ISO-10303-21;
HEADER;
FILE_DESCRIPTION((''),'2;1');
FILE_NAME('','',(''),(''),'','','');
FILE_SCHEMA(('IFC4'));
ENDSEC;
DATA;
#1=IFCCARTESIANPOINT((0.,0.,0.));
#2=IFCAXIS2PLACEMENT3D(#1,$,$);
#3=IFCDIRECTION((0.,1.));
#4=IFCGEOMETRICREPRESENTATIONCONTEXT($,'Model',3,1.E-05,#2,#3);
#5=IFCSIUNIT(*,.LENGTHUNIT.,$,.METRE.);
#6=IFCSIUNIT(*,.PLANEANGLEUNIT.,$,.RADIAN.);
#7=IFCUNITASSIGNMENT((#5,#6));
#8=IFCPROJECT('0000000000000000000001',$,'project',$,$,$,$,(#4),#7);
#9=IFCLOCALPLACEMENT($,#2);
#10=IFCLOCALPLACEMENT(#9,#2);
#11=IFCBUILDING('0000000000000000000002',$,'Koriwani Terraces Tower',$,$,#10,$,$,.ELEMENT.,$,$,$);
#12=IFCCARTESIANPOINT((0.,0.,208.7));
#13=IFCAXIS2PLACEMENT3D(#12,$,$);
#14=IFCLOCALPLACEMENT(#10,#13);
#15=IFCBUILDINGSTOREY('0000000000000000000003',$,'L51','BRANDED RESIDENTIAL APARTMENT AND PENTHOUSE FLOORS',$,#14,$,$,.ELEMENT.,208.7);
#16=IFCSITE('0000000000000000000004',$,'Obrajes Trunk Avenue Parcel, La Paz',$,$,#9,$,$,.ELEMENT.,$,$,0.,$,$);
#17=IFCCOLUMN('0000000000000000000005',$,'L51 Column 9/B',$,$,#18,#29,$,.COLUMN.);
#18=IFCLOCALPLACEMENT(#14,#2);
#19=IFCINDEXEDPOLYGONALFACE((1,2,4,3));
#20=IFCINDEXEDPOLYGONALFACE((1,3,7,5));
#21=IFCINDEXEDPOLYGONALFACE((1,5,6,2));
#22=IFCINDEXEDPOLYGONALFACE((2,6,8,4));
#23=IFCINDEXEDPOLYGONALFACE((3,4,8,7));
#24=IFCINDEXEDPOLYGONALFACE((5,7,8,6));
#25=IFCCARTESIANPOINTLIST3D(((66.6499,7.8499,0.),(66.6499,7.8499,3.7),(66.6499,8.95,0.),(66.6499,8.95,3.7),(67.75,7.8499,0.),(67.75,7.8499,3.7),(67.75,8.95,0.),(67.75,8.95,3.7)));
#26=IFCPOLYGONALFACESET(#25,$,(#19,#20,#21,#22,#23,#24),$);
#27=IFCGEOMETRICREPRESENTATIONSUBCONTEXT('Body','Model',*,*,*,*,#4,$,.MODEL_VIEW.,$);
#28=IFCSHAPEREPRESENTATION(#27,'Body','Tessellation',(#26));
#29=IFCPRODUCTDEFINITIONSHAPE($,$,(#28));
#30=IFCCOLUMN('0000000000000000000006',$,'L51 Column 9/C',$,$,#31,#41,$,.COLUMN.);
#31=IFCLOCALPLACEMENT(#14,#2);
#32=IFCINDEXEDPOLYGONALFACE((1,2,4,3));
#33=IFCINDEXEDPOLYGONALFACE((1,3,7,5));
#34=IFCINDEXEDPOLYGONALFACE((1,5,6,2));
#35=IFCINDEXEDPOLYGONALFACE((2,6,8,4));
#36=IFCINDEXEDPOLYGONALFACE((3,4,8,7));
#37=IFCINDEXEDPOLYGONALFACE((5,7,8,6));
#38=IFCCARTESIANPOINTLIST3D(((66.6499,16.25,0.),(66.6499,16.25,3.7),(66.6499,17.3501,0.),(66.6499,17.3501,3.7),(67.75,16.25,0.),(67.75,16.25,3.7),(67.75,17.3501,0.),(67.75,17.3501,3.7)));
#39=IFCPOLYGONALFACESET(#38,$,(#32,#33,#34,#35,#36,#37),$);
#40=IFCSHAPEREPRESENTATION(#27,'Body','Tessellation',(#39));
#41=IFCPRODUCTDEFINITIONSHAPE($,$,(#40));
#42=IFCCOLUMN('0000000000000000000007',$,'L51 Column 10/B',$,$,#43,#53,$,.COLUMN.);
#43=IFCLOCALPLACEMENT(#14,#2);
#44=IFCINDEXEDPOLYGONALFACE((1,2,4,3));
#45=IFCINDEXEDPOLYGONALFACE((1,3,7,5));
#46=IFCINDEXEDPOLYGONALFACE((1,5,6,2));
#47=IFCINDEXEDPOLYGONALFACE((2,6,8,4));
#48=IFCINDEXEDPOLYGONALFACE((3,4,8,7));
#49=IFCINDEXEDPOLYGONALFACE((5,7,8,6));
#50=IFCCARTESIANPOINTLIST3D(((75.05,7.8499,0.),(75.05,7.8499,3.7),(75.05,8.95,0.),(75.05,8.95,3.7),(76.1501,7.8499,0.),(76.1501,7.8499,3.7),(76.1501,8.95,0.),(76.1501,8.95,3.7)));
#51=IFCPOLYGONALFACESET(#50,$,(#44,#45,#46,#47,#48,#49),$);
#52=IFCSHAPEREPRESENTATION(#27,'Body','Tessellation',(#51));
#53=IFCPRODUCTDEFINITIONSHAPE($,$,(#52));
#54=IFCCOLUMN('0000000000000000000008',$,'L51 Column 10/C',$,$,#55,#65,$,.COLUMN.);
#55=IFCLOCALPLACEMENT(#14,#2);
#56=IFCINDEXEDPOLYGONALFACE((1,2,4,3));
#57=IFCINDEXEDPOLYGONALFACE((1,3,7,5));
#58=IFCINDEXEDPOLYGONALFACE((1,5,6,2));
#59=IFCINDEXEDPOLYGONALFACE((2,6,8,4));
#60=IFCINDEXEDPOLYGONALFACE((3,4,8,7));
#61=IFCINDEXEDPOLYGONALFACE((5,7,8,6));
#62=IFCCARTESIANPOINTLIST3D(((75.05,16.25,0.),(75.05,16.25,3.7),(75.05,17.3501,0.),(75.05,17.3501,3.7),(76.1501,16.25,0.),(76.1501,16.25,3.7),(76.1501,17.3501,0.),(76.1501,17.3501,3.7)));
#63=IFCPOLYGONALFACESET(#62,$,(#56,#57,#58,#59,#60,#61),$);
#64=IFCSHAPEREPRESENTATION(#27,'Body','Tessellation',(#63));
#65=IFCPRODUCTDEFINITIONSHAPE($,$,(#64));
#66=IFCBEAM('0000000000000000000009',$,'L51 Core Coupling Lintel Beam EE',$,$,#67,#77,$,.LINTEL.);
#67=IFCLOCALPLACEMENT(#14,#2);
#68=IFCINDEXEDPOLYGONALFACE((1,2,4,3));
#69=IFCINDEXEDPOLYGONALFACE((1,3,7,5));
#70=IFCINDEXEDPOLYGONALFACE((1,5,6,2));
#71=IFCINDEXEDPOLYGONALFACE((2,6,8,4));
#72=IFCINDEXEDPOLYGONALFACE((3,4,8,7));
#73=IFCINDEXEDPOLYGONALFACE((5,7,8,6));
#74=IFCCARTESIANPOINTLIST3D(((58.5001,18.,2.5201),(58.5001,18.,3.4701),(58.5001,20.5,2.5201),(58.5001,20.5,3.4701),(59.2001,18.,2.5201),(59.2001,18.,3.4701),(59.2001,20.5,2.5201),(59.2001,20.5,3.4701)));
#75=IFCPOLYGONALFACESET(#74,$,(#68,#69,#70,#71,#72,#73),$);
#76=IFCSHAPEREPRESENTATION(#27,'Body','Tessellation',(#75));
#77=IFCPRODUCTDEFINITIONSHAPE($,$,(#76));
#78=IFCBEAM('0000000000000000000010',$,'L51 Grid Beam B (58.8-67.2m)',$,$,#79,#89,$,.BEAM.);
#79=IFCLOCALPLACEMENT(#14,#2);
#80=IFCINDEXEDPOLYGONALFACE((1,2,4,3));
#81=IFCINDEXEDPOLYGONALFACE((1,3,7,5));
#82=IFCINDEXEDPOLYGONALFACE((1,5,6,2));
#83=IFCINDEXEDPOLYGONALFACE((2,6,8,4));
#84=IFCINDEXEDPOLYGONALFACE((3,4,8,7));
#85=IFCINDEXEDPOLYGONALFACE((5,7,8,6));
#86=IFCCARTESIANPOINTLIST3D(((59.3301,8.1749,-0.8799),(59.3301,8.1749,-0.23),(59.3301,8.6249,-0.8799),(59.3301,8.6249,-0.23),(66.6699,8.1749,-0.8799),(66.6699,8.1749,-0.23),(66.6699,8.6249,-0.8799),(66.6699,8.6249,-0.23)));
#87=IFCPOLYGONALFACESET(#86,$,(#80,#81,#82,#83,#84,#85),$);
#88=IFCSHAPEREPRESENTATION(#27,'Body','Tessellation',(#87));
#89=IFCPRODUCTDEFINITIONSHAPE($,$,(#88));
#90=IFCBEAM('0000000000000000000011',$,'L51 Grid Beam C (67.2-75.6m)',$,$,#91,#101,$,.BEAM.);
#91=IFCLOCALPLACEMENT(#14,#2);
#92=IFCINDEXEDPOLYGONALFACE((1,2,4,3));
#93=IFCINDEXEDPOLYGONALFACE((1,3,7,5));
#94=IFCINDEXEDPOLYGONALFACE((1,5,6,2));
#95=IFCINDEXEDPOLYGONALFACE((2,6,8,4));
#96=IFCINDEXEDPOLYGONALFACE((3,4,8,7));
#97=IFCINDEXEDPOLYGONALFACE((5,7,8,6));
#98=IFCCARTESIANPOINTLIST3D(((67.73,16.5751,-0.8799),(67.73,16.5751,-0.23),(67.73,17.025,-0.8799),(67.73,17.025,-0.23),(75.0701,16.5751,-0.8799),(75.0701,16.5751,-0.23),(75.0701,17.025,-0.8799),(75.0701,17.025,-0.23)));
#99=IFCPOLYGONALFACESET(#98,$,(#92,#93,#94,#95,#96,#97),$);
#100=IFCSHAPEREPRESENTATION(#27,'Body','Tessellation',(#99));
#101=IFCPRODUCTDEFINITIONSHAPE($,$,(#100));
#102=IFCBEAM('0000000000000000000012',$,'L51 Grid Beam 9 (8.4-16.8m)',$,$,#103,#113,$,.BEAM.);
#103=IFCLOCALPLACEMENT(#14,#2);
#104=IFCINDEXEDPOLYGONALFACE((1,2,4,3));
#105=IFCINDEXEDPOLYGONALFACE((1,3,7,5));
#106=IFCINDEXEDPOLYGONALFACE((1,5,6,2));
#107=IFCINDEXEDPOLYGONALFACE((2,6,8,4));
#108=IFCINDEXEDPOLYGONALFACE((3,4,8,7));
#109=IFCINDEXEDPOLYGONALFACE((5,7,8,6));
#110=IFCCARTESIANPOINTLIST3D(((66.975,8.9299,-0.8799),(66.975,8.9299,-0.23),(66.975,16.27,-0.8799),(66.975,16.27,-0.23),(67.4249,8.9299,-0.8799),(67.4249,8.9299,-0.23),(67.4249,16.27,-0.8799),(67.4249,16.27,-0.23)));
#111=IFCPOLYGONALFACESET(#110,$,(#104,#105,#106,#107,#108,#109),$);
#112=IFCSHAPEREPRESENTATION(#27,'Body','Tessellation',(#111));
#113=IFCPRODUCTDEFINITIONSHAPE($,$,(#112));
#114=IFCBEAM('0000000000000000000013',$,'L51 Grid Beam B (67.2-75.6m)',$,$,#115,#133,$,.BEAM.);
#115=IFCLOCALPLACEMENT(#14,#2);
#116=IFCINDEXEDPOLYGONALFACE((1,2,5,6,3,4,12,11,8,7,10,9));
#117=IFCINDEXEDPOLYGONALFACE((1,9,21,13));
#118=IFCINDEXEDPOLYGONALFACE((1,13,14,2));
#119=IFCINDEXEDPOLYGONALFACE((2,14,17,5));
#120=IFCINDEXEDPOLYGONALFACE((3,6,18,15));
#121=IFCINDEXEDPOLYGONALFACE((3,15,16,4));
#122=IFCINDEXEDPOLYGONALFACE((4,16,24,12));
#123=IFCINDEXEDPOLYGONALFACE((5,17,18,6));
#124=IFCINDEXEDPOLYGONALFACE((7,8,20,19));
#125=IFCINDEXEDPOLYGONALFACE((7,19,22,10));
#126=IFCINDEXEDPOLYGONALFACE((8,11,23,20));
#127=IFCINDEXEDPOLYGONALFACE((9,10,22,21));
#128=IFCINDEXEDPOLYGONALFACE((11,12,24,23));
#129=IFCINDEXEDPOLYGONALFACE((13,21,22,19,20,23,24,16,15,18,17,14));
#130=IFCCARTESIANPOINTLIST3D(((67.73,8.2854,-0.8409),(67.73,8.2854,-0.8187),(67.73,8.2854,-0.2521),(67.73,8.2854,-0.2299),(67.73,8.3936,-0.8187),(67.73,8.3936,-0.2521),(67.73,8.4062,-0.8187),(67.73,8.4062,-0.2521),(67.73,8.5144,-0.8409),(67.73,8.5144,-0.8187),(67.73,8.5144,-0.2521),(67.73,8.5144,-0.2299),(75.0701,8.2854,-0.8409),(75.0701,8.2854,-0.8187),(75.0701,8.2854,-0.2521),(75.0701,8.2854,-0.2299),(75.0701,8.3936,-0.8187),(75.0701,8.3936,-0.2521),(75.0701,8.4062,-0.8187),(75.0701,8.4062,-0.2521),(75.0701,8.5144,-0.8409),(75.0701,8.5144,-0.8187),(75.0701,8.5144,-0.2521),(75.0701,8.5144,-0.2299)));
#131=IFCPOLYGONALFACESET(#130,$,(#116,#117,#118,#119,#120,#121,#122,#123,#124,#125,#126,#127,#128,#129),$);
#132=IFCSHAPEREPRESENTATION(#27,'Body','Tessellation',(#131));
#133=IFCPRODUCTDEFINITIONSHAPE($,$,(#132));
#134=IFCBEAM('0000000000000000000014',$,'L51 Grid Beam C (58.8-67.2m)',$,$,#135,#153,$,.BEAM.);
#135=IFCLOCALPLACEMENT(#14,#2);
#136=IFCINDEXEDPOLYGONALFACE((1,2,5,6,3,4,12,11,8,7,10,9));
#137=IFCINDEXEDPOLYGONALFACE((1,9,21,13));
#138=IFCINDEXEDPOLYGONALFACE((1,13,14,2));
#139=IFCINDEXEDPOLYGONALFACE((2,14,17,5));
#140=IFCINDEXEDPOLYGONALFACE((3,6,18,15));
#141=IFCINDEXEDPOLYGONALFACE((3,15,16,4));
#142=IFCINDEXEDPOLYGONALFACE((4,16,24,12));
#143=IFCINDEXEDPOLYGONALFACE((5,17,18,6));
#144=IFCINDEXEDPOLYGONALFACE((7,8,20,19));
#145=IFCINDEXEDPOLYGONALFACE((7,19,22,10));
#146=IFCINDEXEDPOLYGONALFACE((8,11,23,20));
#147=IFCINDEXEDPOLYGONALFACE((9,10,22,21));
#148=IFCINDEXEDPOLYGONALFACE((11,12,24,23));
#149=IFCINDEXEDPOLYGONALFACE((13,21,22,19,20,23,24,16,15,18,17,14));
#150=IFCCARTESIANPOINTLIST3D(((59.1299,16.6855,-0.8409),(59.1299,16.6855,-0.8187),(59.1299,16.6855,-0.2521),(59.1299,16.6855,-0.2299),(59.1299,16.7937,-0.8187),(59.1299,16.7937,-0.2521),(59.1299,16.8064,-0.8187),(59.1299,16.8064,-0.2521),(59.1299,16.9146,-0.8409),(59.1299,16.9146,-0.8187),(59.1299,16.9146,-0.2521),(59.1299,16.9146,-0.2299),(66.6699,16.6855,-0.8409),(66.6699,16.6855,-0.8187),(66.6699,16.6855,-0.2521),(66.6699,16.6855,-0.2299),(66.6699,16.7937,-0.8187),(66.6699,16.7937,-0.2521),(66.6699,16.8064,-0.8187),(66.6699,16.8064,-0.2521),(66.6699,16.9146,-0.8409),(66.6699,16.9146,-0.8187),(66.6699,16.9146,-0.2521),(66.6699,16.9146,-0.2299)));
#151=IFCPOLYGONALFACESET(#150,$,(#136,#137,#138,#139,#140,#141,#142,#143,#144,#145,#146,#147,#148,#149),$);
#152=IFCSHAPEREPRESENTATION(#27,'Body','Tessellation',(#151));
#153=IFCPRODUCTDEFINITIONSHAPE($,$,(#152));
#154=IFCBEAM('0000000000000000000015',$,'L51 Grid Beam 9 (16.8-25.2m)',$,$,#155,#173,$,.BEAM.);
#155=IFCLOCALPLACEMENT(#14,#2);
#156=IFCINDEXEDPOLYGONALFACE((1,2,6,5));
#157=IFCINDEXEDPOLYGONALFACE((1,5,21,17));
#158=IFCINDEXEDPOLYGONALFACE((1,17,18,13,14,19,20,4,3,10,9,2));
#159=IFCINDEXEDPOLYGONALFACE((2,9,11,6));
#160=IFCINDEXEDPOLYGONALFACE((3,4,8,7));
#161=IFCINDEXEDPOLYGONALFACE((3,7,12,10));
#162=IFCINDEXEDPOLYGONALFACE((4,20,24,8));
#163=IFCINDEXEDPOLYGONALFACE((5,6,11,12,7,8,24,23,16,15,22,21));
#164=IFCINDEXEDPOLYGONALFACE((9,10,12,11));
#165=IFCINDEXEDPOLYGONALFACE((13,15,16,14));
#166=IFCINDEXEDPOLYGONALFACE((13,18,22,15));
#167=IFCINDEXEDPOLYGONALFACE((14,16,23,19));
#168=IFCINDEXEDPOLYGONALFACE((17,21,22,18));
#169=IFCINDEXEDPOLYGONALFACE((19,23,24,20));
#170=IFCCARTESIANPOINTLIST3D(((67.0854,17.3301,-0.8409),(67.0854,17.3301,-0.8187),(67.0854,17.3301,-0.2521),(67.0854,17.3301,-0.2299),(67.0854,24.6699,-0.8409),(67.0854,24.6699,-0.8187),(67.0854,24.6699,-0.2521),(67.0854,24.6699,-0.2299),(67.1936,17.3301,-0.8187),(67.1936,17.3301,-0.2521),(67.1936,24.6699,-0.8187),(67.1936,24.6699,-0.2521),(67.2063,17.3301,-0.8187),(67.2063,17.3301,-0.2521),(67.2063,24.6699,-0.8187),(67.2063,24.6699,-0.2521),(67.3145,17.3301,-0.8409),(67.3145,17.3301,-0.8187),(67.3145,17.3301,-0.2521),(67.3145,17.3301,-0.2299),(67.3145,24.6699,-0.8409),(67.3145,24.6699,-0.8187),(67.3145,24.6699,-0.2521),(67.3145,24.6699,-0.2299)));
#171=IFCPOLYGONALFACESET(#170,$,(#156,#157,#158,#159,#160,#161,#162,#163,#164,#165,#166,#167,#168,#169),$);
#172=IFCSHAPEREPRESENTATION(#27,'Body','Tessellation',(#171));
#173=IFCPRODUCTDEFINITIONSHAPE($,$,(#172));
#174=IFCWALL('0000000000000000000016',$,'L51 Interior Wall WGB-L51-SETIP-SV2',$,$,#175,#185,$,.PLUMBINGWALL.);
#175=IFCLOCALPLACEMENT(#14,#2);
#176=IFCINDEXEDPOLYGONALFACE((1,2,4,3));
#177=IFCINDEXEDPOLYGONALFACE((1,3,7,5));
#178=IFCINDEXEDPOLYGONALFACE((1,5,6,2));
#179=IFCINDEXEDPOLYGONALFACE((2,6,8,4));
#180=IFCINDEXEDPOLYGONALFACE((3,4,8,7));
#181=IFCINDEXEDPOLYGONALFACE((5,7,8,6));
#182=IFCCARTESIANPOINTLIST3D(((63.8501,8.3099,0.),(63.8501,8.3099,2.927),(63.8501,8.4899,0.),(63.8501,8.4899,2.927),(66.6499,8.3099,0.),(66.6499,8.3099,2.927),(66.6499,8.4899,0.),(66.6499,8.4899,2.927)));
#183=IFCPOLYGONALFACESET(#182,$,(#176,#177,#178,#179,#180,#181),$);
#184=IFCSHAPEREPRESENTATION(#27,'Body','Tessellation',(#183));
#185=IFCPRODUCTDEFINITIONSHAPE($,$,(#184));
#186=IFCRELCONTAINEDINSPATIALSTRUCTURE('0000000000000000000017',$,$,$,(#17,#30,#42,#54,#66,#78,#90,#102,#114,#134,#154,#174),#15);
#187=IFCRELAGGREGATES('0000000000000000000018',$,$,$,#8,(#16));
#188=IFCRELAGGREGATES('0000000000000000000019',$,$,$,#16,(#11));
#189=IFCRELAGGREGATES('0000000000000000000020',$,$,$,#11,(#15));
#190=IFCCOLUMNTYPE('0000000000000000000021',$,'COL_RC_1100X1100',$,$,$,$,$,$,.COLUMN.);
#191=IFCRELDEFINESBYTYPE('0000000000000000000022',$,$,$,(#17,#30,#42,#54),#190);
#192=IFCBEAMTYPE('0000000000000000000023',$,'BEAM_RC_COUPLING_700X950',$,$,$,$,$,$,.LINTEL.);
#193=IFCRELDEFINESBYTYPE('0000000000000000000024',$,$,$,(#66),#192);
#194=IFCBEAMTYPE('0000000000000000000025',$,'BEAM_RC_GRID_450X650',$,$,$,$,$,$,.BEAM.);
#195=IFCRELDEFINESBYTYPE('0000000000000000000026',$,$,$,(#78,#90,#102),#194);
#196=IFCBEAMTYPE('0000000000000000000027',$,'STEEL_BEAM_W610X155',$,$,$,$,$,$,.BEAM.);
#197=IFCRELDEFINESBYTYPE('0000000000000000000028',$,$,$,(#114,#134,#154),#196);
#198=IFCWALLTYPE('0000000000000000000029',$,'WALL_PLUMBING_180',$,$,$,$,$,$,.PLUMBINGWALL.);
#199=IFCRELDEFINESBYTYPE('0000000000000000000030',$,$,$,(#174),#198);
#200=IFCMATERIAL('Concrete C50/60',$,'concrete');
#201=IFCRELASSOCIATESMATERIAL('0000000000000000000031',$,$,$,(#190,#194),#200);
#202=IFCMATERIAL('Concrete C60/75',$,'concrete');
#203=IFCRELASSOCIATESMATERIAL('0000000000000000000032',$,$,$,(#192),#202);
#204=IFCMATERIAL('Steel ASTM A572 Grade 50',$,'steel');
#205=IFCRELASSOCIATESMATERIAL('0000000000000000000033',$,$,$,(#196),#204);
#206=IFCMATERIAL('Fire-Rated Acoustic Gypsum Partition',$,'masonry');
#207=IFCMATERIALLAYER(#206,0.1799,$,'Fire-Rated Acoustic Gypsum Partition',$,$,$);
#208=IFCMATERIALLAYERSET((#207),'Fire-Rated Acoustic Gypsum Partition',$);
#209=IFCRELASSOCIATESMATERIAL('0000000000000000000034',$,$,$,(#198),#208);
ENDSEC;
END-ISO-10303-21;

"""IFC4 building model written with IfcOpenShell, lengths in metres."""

from ifc_helpers import new_model, si_unit, direction, frame, frame_2d, origin, origin_2d, place, context, subcontext, project, spatial, rectangle, i_section, extrude, material, layer, layer_set, material_profile, profile_set, type_object, element, save


model = new_model("IFC4")

# Units and contexts
model_context = context("Model", 3, precision=1e-05, world=origin(), true_north=direction((0.0, 1.0)))
body_context = subcontext(model_context, "Body", "Model", "MODEL_VIEW")
ifc_project = project(units=[si_unit("LENGTHUNIT", "METRE"), si_unit("PLANEANGLEUNIT", "RADIAN")], contexts=[model_context])

# Site, building, storey
site_placement = place(None, origin())
site = spatial("IfcSite", under=ifc_project, at=site_placement, Name="Obrajes Trunk Avenue Parcel, La Paz", CompositionType="ELEMENT", RefElevation=0.0)
building_placement = place(site_placement, origin())
building = spatial("IfcBuilding", under=site, at=building_placement, Name="Koriwani Terraces Tower", CompositionType="ELEMENT")
storey_placement = place(building_placement, frame((0.0, 0.0, 208.7)))
storey = spatial("IfcBuildingStorey", under=building, at=storey_placement, Name="L51", Description="BRANDED RESIDENTIAL APARTMENT AND PENTHOUSE FLOORS", CompositionType="ELEMENT", Elevation=208.7)

# Columns
ifc_material_1 = material(Name="Concrete C50/60", Category="concrete")
ifc_material_profile_1 = material_profile(ifc_material_1, rectangle(XDim=1.1001, YDim=1.1001, at=origin_2d()), Name="Concrete C50/60", Category="LoadBearing")
ifc_profile_set_1 = profile_set([ifc_material_profile_1], Name="Concrete C50/60")
column_type = type_object("IfcColumnType", Name="COL_RC_1100X1100", PredefinedType="COLUMN", material=ifc_profile_set_1)
for number, where, z_axis, x_axis, name in (
    (1, (67.2, 8.3999, 0.0), (0.0, 0.0, 1.0), (1.0, 0.0, 0.0), "L51 Column 9/B"),
    (2, (67.2, 16.8, 0.0), (0.0, 0.0, 1.0), (1.0, 0.0, 0.0), "L51 Column 9/C"),
    (3, (75.6001, 8.3999, 0.0), (0.0, 0.0, 1.0), (1.0, 0.0, 0.0), "L51 Column 10/B"),
    (4, (75.6001, 16.8, 0.0), (0.0, 0.0, 1.0), (1.0, 0.0, 0.0), "L51 Column 10/C"),
):
    element("IfcColumn", number, at=place(storey_placement, frame(where, z_axis=z_axis, x_axis=x_axis)), inside=storey, type_object=column_type, Name=name, PredefinedType="COLUMN", context=body_context, shape_type="SweptSolid", body=[
        extrude(rectangle(XDim=1.1001, YDim=1.1001, at=origin_2d()), origin(), (0.0, 0.0, 1.0), 3.7),
    ])

# Beams
ifc_material_2 = material(Name="Concrete C60/75", Category="concrete")
ifc_material_profile_2 = material_profile(ifc_material_2, rectangle(XDim=0.7, YDim=0.95, at=origin_2d()), Name="Concrete C60/75", Category="LoadBearing")
ifc_profile_set_2 = profile_set([ifc_material_profile_2], Name="Concrete C60/75")
beam_type_1 = type_object("IfcBeamType", Name="BEAM_RC_COUPLING_700X950", PredefinedType="LINTEL", material=ifc_profile_set_2)
beam_1_placement = place(storey_placement, frame((58.8501, 18.0, 2.9951), z_axis=(0.0, 1.0, 0.0), x_axis=(-1.0, 0.0, 0.0)))
element("IfcBeam", 5, at=beam_1_placement, inside=storey, type_object=beam_type_1, Name="L51 Core Coupling Lintel Beam EE", PredefinedType="LINTEL", context=body_context, shape_type="SweptSolid", body=[
    extrude(rectangle(XDim=0.7, YDim=0.95, at=origin_2d()), origin(), (0.0, 0.0, 1.0), 2.5),
])
ifc_material_profile_3 = material_profile(ifc_material_1, rectangle(XDim=0.45, YDim=0.6499, at=origin_2d()), Name="Concrete C50/60", Category="LoadBearing")
ifc_profile_set_3 = profile_set([ifc_material_profile_3], Name="Concrete C50/60")
beam_type_2 = type_object("IfcBeamType", Name="BEAM_RC_GRID_450X650", PredefinedType="BEAM", material=ifc_profile_set_3)
beam_2_placement = place(storey_placement, frame((59.3301, 8.3999, -0.5549), z_axis=(1.0, 0.0, 0.0), x_axis=(0.0, 1.0, 0.0)))
element("IfcBeam", 6, at=beam_2_placement, inside=storey, type_object=beam_type_2, Name="L51 Grid Beam B (58.8-67.2m)", PredefinedType="BEAM", context=body_context, shape_type="SweptSolid", body=[
    extrude(rectangle(XDim=0.45, YDim=0.6499, at=origin_2d()), origin(), (0.0, 0.0, 1.0), 7.3398),
])
for number, where, z_axis, x_axis, name in (
    (7, (67.73, 16.8, -0.5549), (1.0, 0.0, 0.0), (0.0, 1.0, 0.0), "L51 Grid Beam C (67.2-75.6m)"),
    (8, (67.2, 8.9299, -0.5549), (0.0, 1.0, 0.0), (-1.0, 0.0, 0.0), "L51 Grid Beam 9 (8.4-16.8m)"),
):
    element("IfcBeam", number, at=place(storey_placement, frame(where, z_axis=z_axis, x_axis=x_axis)), inside=storey, type_object=beam_type_2, Name=name, PredefinedType="BEAM", context=body_context, shape_type="SweptSolid", body=[
        extrude(rectangle(XDim=0.45, YDim=0.6499, at=origin_2d()), origin(), (0.0, 0.0, 1.0), 7.3401),
    ])
ifc_material_3 = material(Name="Steel ASTM A572 Grade 50", Category="steel")
ifc_material_profile_4 = material_profile(ifc_material_3, i_section(OverallWidth=0.229, OverallDepth=0.6111, WebThickness=0.0127, FlangeThickness=0.0222, at=origin_2d()), Name="Steel ASTM A572 Grade 50", Category="LoadBearing")
ifc_profile_set_4 = profile_set([ifc_material_profile_4], Name="Steel ASTM A572 Grade 50")
beam_type_3 = type_object("IfcBeamType", Name="STEEL_BEAM_W610X155", PredefinedType="BEAM", material=ifc_profile_set_4)
beam_3_placement = place(storey_placement, frame((67.73, 8.3999, -0.5354), z_axis=(1.0, 0.0, 0.0), x_axis=(0.0, 1.0, 0.0)))
element("IfcBeam", 9, at=beam_3_placement, inside=storey, type_object=beam_type_3, Name="L51 Grid Beam B (67.2-75.6m)", PredefinedType="BEAM", context=body_context, shape_type="SweptSolid", body=[
    extrude(i_section(OverallWidth=0.229, OverallDepth=0.6111, WebThickness=0.0127, FlangeThickness=0.0222, at=origin_2d()), origin(), (0.0, 0.0, 1.0), 7.3401),
])
beam_4_placement = place(storey_placement, frame((59.1299, 16.8, -0.5354), z_axis=(1.0, 0.0, 0.0), x_axis=(0.0, 1.0, 0.0)))
element("IfcBeam", 10, at=beam_4_placement, inside=storey, type_object=beam_type_3, Name="L51 Grid Beam C (58.8-67.2m)", PredefinedType="BEAM", context=body_context, shape_type="SweptSolid", body=[
    extrude(i_section(OverallWidth=0.229, OverallDepth=0.6111, WebThickness=0.0127, FlangeThickness=0.0222, at=origin_2d()), origin(), (0.0, 0.0, 1.0), 7.54),
])
beam_5_placement = place(storey_placement, frame((67.2, 17.3301, -0.5354), z_axis=(0.0, 1.0, 0.0), x_axis=(-1.0, 0.0, 0.0)))
element("IfcBeam", 11, at=beam_5_placement, inside=storey, type_object=beam_type_3, Name="L51 Grid Beam 9 (16.8-25.2m)", PredefinedType="BEAM", context=body_context, shape_type="SweptSolid", body=[
    extrude(i_section(OverallWidth=0.229, OverallDepth=0.6111, WebThickness=0.0127, FlangeThickness=0.0222, at=origin_2d()), origin(), (0.0, 0.0, 1.0), 7.3398),
])

# Wall
ifc_material_4 = material(Name="Fire-Rated Acoustic Gypsum Partition", Category="masonry")
ifc_layer = layer(ifc_material_4, 0.1799, Name="Fire-Rated Acoustic Gypsum Partition")
ifc_layer_set = layer_set([ifc_layer], Name="Fire-Rated Acoustic Gypsum Partition")
wall_type = type_object("IfcWallType", Name="WALL_PLUMBING_180", PredefinedType="PLUMBINGWALL", material=ifc_layer_set)
wall_placement = place(storey_placement, frame((63.8501, 8.3999, 0.0), z_axis=(0.0, 0.0, 1.0), x_axis=(1.0, 0.0, 0.0)))
element("IfcWall", 12, at=wall_placement, inside=storey, type_object=wall_type, Name="L51 Interior Wall WGB-L51-SETIP-SV2", PredefinedType="PLUMBINGWALL", context=body_context, shape_type="SweptSolid", body=[
    extrude(rectangle(XDim=2.7998, YDim=0.1799, at=frame_2d((1.3999, 0.0))), origin(), (0.0, 0.0, 1.0), 2.927),
])

save(model, "model.ifc")
